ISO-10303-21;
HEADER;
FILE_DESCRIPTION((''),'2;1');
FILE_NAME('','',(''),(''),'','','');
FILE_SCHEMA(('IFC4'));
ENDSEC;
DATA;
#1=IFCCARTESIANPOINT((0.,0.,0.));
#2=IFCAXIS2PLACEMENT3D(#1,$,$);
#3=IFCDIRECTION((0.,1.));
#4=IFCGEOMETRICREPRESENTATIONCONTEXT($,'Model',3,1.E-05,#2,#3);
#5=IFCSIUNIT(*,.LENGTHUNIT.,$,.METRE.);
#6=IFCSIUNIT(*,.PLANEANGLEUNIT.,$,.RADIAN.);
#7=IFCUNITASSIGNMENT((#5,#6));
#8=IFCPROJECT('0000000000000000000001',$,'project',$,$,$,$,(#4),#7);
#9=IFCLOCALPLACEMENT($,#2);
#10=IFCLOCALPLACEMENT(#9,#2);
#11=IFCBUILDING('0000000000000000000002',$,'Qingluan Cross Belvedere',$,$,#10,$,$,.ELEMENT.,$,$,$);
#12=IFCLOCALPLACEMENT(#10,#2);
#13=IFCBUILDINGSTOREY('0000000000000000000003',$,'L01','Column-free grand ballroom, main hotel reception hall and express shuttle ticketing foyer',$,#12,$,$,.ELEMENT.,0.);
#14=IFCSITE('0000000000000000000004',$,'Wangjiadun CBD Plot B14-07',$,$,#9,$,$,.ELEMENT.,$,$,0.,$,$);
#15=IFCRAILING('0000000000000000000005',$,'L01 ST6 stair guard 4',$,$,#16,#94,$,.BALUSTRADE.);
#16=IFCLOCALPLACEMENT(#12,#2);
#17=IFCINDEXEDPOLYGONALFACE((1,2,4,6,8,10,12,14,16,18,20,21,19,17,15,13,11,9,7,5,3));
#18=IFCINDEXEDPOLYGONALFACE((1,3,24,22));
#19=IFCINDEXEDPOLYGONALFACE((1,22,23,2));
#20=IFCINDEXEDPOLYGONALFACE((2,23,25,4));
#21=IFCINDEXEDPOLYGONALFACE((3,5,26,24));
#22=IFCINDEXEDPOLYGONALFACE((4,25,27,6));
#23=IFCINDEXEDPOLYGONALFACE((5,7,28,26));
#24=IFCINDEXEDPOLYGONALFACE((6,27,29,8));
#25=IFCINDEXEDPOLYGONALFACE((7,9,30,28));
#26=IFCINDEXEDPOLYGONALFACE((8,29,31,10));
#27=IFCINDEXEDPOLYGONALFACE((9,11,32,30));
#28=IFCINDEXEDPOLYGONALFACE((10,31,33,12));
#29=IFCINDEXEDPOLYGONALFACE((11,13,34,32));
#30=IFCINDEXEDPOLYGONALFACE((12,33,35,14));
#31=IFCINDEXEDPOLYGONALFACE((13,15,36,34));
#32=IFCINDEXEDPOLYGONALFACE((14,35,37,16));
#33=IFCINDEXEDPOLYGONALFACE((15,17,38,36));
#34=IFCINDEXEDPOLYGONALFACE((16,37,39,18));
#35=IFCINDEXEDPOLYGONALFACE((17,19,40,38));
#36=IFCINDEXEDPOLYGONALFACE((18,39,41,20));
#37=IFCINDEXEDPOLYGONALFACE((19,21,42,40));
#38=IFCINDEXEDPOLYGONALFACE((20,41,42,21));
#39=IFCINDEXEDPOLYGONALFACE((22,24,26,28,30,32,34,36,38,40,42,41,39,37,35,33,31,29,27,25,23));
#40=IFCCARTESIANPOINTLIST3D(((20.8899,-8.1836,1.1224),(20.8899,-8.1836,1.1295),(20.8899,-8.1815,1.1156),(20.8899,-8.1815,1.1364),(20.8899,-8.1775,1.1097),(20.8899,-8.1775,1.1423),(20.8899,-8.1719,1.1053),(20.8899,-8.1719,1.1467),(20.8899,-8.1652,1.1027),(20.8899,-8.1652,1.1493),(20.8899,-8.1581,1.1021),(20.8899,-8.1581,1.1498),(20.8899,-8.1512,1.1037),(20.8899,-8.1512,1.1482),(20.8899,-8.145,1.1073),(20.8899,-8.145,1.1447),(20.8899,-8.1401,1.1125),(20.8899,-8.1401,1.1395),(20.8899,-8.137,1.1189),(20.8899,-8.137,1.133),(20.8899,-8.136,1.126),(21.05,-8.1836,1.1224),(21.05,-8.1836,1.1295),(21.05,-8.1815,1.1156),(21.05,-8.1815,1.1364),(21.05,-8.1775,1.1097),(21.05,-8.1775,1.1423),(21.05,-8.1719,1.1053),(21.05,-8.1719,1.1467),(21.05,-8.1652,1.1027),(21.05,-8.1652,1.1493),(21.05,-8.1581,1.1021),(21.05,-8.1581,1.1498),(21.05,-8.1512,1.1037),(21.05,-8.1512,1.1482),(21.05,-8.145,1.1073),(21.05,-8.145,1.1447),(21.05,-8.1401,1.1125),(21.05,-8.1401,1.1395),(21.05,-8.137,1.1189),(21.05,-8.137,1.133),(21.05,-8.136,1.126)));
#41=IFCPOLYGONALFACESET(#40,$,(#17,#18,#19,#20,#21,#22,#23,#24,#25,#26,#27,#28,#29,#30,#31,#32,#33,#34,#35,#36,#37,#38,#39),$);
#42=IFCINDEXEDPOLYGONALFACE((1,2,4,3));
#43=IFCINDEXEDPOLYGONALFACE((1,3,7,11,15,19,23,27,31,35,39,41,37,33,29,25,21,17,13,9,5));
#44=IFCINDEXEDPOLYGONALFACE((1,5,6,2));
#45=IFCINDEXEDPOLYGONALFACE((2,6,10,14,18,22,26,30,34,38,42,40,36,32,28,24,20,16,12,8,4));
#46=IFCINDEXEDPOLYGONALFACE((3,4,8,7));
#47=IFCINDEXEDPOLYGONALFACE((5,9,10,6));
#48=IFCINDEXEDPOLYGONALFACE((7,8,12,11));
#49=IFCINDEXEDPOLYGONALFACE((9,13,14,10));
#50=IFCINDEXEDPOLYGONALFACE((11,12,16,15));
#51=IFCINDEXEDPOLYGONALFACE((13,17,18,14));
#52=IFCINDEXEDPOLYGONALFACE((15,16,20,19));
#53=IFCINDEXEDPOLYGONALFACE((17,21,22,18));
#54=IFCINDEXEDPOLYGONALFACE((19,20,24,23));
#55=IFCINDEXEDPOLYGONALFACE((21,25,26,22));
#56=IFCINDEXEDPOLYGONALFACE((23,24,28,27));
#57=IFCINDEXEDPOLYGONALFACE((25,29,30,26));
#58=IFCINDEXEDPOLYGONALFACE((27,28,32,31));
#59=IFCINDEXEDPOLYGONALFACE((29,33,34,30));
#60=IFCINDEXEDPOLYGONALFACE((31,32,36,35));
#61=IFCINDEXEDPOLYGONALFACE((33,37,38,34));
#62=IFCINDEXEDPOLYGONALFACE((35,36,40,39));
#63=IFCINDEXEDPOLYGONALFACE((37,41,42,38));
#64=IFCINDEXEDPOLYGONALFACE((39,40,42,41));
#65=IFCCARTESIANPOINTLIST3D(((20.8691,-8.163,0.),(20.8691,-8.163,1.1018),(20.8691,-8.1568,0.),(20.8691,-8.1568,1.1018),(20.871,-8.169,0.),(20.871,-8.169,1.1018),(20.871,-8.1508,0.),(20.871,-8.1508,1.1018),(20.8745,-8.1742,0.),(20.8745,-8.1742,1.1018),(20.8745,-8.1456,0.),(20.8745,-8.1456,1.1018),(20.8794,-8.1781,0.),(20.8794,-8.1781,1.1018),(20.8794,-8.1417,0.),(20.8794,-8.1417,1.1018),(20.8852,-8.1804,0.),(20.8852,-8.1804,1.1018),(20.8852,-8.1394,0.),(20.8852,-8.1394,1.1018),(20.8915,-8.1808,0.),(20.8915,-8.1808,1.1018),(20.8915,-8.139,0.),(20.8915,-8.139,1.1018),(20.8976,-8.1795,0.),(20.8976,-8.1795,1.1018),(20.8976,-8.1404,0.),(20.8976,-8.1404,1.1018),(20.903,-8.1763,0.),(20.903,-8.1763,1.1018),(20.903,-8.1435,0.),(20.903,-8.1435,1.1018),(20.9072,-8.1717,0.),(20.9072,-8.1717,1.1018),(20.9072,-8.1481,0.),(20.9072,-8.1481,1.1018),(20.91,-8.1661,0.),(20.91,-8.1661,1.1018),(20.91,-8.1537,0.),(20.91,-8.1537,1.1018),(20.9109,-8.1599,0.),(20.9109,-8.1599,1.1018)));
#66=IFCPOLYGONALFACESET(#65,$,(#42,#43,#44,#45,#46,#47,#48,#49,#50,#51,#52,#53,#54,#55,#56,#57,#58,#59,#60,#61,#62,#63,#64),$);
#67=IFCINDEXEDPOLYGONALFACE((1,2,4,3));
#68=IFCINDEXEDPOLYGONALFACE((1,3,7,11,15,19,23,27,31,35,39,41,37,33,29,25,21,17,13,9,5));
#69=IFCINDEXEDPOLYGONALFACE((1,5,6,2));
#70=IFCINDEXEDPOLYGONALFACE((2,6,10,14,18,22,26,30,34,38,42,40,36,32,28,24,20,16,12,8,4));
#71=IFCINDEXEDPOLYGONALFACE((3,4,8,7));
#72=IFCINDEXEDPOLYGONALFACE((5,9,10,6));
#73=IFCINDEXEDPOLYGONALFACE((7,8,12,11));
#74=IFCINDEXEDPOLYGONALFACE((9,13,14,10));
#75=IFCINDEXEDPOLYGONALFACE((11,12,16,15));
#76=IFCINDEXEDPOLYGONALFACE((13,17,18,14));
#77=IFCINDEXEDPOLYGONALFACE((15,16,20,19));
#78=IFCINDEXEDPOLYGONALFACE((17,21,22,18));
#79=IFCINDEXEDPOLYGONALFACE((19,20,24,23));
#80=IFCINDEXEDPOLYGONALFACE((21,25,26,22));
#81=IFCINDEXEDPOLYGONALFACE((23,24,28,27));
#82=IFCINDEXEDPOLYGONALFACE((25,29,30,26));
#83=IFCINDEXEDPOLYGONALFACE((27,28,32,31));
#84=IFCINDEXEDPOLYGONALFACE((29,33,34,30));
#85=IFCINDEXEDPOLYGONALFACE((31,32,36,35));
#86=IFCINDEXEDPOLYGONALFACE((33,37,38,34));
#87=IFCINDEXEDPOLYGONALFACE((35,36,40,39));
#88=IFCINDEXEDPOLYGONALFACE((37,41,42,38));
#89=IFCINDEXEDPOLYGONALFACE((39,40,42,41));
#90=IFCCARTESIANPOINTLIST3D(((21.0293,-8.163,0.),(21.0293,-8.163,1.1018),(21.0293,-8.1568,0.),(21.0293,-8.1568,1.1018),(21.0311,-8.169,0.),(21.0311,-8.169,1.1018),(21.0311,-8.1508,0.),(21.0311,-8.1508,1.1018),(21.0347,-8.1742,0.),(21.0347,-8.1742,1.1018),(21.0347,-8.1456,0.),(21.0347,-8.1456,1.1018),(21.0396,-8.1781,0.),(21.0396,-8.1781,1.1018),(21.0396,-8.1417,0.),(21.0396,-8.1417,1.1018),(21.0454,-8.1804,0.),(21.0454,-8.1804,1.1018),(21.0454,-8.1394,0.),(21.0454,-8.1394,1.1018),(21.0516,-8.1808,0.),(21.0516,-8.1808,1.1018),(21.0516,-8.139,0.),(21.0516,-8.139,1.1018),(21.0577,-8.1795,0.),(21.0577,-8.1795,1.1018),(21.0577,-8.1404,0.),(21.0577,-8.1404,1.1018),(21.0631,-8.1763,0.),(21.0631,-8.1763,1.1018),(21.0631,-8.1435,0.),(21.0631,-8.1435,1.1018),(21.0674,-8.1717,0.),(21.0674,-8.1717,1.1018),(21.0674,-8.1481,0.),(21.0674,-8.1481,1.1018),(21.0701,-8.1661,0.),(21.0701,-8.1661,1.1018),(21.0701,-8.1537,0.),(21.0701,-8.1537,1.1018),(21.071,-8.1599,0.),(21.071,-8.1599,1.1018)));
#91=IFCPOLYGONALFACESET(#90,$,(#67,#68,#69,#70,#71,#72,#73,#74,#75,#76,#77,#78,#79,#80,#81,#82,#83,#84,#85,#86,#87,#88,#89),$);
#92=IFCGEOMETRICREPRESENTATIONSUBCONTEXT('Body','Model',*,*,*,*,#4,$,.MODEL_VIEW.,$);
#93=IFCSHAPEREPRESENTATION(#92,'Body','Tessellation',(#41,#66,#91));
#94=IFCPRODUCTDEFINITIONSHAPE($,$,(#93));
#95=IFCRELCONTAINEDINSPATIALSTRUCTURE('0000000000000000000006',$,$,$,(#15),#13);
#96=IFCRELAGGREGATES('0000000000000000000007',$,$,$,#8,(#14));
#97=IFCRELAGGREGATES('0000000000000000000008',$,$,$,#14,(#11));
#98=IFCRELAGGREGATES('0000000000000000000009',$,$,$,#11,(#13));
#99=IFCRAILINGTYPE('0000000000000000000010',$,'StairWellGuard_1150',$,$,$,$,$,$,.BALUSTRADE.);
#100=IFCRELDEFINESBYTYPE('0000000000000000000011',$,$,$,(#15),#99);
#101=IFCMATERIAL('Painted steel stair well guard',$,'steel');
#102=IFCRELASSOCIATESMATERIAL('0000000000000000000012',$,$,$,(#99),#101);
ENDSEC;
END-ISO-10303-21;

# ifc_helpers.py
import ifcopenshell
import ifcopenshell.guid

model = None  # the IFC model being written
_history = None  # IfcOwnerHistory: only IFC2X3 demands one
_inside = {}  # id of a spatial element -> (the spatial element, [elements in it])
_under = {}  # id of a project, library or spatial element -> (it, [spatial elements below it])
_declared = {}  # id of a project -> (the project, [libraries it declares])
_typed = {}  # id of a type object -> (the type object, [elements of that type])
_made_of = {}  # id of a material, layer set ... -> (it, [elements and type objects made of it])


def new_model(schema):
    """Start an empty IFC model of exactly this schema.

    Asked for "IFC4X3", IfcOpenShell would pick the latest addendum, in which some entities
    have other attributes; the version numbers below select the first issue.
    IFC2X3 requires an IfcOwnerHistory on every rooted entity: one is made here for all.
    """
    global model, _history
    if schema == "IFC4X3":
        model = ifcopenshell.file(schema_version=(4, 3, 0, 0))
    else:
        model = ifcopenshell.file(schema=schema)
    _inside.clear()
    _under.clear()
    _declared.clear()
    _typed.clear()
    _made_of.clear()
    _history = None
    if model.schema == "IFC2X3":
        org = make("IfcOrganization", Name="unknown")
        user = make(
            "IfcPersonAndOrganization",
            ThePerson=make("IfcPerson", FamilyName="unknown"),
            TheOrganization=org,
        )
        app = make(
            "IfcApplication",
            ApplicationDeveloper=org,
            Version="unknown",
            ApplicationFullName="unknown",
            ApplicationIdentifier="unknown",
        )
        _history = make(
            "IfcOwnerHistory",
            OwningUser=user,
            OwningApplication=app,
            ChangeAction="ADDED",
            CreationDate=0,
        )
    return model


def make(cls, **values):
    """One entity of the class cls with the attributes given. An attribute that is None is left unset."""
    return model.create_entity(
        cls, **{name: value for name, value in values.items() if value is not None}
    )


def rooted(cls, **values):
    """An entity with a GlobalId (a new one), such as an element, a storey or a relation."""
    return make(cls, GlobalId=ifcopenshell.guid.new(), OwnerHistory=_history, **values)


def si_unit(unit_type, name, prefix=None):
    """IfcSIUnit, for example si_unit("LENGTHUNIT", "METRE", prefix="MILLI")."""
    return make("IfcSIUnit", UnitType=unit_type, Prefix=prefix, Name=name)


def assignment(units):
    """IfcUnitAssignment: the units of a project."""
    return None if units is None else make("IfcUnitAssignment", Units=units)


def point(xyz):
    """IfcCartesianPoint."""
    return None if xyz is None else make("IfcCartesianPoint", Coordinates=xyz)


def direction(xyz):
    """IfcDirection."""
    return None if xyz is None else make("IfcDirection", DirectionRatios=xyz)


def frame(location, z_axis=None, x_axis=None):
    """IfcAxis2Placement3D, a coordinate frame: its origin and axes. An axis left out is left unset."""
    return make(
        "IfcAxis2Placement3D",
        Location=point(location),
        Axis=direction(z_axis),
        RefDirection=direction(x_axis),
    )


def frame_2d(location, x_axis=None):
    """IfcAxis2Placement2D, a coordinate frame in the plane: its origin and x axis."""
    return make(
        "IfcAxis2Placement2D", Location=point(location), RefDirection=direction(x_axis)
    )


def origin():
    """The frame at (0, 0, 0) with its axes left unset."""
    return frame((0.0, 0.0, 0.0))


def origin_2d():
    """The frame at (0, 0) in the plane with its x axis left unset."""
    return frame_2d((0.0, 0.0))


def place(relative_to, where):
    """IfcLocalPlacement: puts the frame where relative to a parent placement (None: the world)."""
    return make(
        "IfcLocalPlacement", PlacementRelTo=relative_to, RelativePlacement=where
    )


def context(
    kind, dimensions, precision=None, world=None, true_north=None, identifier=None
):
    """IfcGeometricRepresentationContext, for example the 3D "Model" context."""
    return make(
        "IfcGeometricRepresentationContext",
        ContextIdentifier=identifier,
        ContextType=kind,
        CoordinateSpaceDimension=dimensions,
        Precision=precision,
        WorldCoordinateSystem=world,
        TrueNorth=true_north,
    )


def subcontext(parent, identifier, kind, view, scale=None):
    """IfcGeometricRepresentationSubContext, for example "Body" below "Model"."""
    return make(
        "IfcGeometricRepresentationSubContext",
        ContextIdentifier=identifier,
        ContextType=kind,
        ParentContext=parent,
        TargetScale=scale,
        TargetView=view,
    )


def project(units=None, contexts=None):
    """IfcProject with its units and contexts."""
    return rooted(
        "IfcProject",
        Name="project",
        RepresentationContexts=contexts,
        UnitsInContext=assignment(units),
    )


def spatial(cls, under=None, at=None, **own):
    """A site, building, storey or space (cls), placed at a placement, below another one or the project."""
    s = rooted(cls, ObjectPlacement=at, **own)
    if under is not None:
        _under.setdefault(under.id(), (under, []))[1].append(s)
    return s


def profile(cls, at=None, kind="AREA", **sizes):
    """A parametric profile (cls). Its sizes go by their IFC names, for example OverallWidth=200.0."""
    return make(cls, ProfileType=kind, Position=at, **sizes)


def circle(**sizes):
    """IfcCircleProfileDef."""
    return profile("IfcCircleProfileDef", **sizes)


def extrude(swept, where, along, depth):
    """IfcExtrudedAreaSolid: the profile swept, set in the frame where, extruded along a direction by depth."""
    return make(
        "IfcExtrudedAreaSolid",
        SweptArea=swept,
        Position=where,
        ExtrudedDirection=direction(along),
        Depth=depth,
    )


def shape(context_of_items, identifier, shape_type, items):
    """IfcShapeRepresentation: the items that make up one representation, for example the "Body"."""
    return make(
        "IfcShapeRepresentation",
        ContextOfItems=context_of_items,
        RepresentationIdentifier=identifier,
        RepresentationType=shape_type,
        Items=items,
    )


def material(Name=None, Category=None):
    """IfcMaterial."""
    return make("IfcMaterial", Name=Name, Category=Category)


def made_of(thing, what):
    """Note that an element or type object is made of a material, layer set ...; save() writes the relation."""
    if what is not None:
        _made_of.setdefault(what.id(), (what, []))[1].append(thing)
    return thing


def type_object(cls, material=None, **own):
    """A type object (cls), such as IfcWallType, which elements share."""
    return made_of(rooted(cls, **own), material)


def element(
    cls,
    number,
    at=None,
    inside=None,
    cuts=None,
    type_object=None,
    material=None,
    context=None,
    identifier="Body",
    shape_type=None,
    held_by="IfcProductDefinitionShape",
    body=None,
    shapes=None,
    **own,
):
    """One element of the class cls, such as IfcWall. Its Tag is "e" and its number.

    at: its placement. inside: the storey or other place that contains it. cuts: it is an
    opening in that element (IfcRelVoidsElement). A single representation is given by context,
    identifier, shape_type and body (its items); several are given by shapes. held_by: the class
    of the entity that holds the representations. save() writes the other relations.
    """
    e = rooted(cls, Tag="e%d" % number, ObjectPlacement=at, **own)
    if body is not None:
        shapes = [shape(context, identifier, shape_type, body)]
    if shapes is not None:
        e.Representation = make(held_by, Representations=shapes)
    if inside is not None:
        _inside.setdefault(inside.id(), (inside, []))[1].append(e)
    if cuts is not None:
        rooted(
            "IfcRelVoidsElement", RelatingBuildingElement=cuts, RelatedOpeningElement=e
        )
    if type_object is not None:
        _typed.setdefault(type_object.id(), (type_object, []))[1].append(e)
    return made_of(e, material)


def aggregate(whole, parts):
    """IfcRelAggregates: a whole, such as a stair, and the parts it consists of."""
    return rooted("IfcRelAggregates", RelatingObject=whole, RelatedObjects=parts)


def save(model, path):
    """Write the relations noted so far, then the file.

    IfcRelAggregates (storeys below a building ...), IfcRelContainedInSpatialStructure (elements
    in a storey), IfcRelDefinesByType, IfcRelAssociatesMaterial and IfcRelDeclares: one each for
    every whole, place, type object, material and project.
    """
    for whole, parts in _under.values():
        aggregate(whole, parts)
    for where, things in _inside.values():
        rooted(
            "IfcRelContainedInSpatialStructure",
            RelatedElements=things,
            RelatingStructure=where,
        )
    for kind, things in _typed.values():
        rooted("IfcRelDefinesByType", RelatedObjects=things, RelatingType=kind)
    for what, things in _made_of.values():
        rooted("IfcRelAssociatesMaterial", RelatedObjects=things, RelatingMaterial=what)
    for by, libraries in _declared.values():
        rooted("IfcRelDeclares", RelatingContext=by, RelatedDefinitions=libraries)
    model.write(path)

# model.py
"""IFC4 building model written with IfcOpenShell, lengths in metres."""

from ifc_helpers import new_model, si_unit, direction, frame, origin, origin_2d, place, context, subcontext, project, spatial, circle, extrude, material, type_object, element, save


model = new_model("IFC4")

# Units and contexts
model_context = context("Model", 3, precision=1e-05, world=origin(), true_north=direction((0.0, 1.0)))
body_context = subcontext(model_context, "Body", "Model", "MODEL_VIEW")
ifc_project = project(units=[si_unit("LENGTHUNIT", "METRE"), si_unit("PLANEANGLEUNIT", "RADIAN")], contexts=[model_context])

# Site, building, storey
site_placement = place(None, origin())
site = spatial("IfcSite", under=ifc_project, at=site_placement, Name="Wangjiadun CBD Plot B14-07", CompositionType="ELEMENT", RefElevation=0.0)
building_placement = place(site_placement, origin())
building = spatial("IfcBuilding", under=site, at=building_placement, Name="Qingluan Cross Belvedere", CompositionType="ELEMENT")
storey_placement = place(building_placement, origin())
storey = spatial("IfcBuildingStorey", under=building, at=storey_placement, Name="L01", Description="Column-free grand ballroom, main hotel reception hall and express shuttle ticketing foyer", CompositionType="ELEMENT", Elevation=0.0)

# Railing
ifc_material_1 = material(Name="Painted steel stair well guard", Category="steel")
railing_type_1 = type_object("IfcRailingType", Name="StairWellGuard_1150", PredefinedType="BALUSTRADE", material=ifc_material_1)
railing_1_placement = place(storey_placement, frame((20.8899, -8.1599, 0.0)))
element("IfcRailing", 1, at=railing_1_placement, inside=storey, type_object=railing_type_1, Name="L01 ST6 stair guard 4", PredefinedType="BALUSTRADE", context=body_context, shape_type="SweptSolid", body=[
    extrude(circle(Radius=0.0239, at=origin_2d()), frame((0.0, 0.0, 1.126), z_axis=(1.0, 0.0, 0.0), x_axis=(0.0, 1.0, 0.0)), (0.0, 0.0, 1.0), 0.1602),
    extrude(circle(Radius=0.021, at=origin_2d()), origin(), (0.0, 0.0, 1.0), 1.1018),
    extrude(circle(Radius=0.021, at=origin_2d()), frame((0.1602, 0.0, 0.0)), (0.0, 0.0, 1.0), 1.1018),
])

save(model, "model.ifc")
